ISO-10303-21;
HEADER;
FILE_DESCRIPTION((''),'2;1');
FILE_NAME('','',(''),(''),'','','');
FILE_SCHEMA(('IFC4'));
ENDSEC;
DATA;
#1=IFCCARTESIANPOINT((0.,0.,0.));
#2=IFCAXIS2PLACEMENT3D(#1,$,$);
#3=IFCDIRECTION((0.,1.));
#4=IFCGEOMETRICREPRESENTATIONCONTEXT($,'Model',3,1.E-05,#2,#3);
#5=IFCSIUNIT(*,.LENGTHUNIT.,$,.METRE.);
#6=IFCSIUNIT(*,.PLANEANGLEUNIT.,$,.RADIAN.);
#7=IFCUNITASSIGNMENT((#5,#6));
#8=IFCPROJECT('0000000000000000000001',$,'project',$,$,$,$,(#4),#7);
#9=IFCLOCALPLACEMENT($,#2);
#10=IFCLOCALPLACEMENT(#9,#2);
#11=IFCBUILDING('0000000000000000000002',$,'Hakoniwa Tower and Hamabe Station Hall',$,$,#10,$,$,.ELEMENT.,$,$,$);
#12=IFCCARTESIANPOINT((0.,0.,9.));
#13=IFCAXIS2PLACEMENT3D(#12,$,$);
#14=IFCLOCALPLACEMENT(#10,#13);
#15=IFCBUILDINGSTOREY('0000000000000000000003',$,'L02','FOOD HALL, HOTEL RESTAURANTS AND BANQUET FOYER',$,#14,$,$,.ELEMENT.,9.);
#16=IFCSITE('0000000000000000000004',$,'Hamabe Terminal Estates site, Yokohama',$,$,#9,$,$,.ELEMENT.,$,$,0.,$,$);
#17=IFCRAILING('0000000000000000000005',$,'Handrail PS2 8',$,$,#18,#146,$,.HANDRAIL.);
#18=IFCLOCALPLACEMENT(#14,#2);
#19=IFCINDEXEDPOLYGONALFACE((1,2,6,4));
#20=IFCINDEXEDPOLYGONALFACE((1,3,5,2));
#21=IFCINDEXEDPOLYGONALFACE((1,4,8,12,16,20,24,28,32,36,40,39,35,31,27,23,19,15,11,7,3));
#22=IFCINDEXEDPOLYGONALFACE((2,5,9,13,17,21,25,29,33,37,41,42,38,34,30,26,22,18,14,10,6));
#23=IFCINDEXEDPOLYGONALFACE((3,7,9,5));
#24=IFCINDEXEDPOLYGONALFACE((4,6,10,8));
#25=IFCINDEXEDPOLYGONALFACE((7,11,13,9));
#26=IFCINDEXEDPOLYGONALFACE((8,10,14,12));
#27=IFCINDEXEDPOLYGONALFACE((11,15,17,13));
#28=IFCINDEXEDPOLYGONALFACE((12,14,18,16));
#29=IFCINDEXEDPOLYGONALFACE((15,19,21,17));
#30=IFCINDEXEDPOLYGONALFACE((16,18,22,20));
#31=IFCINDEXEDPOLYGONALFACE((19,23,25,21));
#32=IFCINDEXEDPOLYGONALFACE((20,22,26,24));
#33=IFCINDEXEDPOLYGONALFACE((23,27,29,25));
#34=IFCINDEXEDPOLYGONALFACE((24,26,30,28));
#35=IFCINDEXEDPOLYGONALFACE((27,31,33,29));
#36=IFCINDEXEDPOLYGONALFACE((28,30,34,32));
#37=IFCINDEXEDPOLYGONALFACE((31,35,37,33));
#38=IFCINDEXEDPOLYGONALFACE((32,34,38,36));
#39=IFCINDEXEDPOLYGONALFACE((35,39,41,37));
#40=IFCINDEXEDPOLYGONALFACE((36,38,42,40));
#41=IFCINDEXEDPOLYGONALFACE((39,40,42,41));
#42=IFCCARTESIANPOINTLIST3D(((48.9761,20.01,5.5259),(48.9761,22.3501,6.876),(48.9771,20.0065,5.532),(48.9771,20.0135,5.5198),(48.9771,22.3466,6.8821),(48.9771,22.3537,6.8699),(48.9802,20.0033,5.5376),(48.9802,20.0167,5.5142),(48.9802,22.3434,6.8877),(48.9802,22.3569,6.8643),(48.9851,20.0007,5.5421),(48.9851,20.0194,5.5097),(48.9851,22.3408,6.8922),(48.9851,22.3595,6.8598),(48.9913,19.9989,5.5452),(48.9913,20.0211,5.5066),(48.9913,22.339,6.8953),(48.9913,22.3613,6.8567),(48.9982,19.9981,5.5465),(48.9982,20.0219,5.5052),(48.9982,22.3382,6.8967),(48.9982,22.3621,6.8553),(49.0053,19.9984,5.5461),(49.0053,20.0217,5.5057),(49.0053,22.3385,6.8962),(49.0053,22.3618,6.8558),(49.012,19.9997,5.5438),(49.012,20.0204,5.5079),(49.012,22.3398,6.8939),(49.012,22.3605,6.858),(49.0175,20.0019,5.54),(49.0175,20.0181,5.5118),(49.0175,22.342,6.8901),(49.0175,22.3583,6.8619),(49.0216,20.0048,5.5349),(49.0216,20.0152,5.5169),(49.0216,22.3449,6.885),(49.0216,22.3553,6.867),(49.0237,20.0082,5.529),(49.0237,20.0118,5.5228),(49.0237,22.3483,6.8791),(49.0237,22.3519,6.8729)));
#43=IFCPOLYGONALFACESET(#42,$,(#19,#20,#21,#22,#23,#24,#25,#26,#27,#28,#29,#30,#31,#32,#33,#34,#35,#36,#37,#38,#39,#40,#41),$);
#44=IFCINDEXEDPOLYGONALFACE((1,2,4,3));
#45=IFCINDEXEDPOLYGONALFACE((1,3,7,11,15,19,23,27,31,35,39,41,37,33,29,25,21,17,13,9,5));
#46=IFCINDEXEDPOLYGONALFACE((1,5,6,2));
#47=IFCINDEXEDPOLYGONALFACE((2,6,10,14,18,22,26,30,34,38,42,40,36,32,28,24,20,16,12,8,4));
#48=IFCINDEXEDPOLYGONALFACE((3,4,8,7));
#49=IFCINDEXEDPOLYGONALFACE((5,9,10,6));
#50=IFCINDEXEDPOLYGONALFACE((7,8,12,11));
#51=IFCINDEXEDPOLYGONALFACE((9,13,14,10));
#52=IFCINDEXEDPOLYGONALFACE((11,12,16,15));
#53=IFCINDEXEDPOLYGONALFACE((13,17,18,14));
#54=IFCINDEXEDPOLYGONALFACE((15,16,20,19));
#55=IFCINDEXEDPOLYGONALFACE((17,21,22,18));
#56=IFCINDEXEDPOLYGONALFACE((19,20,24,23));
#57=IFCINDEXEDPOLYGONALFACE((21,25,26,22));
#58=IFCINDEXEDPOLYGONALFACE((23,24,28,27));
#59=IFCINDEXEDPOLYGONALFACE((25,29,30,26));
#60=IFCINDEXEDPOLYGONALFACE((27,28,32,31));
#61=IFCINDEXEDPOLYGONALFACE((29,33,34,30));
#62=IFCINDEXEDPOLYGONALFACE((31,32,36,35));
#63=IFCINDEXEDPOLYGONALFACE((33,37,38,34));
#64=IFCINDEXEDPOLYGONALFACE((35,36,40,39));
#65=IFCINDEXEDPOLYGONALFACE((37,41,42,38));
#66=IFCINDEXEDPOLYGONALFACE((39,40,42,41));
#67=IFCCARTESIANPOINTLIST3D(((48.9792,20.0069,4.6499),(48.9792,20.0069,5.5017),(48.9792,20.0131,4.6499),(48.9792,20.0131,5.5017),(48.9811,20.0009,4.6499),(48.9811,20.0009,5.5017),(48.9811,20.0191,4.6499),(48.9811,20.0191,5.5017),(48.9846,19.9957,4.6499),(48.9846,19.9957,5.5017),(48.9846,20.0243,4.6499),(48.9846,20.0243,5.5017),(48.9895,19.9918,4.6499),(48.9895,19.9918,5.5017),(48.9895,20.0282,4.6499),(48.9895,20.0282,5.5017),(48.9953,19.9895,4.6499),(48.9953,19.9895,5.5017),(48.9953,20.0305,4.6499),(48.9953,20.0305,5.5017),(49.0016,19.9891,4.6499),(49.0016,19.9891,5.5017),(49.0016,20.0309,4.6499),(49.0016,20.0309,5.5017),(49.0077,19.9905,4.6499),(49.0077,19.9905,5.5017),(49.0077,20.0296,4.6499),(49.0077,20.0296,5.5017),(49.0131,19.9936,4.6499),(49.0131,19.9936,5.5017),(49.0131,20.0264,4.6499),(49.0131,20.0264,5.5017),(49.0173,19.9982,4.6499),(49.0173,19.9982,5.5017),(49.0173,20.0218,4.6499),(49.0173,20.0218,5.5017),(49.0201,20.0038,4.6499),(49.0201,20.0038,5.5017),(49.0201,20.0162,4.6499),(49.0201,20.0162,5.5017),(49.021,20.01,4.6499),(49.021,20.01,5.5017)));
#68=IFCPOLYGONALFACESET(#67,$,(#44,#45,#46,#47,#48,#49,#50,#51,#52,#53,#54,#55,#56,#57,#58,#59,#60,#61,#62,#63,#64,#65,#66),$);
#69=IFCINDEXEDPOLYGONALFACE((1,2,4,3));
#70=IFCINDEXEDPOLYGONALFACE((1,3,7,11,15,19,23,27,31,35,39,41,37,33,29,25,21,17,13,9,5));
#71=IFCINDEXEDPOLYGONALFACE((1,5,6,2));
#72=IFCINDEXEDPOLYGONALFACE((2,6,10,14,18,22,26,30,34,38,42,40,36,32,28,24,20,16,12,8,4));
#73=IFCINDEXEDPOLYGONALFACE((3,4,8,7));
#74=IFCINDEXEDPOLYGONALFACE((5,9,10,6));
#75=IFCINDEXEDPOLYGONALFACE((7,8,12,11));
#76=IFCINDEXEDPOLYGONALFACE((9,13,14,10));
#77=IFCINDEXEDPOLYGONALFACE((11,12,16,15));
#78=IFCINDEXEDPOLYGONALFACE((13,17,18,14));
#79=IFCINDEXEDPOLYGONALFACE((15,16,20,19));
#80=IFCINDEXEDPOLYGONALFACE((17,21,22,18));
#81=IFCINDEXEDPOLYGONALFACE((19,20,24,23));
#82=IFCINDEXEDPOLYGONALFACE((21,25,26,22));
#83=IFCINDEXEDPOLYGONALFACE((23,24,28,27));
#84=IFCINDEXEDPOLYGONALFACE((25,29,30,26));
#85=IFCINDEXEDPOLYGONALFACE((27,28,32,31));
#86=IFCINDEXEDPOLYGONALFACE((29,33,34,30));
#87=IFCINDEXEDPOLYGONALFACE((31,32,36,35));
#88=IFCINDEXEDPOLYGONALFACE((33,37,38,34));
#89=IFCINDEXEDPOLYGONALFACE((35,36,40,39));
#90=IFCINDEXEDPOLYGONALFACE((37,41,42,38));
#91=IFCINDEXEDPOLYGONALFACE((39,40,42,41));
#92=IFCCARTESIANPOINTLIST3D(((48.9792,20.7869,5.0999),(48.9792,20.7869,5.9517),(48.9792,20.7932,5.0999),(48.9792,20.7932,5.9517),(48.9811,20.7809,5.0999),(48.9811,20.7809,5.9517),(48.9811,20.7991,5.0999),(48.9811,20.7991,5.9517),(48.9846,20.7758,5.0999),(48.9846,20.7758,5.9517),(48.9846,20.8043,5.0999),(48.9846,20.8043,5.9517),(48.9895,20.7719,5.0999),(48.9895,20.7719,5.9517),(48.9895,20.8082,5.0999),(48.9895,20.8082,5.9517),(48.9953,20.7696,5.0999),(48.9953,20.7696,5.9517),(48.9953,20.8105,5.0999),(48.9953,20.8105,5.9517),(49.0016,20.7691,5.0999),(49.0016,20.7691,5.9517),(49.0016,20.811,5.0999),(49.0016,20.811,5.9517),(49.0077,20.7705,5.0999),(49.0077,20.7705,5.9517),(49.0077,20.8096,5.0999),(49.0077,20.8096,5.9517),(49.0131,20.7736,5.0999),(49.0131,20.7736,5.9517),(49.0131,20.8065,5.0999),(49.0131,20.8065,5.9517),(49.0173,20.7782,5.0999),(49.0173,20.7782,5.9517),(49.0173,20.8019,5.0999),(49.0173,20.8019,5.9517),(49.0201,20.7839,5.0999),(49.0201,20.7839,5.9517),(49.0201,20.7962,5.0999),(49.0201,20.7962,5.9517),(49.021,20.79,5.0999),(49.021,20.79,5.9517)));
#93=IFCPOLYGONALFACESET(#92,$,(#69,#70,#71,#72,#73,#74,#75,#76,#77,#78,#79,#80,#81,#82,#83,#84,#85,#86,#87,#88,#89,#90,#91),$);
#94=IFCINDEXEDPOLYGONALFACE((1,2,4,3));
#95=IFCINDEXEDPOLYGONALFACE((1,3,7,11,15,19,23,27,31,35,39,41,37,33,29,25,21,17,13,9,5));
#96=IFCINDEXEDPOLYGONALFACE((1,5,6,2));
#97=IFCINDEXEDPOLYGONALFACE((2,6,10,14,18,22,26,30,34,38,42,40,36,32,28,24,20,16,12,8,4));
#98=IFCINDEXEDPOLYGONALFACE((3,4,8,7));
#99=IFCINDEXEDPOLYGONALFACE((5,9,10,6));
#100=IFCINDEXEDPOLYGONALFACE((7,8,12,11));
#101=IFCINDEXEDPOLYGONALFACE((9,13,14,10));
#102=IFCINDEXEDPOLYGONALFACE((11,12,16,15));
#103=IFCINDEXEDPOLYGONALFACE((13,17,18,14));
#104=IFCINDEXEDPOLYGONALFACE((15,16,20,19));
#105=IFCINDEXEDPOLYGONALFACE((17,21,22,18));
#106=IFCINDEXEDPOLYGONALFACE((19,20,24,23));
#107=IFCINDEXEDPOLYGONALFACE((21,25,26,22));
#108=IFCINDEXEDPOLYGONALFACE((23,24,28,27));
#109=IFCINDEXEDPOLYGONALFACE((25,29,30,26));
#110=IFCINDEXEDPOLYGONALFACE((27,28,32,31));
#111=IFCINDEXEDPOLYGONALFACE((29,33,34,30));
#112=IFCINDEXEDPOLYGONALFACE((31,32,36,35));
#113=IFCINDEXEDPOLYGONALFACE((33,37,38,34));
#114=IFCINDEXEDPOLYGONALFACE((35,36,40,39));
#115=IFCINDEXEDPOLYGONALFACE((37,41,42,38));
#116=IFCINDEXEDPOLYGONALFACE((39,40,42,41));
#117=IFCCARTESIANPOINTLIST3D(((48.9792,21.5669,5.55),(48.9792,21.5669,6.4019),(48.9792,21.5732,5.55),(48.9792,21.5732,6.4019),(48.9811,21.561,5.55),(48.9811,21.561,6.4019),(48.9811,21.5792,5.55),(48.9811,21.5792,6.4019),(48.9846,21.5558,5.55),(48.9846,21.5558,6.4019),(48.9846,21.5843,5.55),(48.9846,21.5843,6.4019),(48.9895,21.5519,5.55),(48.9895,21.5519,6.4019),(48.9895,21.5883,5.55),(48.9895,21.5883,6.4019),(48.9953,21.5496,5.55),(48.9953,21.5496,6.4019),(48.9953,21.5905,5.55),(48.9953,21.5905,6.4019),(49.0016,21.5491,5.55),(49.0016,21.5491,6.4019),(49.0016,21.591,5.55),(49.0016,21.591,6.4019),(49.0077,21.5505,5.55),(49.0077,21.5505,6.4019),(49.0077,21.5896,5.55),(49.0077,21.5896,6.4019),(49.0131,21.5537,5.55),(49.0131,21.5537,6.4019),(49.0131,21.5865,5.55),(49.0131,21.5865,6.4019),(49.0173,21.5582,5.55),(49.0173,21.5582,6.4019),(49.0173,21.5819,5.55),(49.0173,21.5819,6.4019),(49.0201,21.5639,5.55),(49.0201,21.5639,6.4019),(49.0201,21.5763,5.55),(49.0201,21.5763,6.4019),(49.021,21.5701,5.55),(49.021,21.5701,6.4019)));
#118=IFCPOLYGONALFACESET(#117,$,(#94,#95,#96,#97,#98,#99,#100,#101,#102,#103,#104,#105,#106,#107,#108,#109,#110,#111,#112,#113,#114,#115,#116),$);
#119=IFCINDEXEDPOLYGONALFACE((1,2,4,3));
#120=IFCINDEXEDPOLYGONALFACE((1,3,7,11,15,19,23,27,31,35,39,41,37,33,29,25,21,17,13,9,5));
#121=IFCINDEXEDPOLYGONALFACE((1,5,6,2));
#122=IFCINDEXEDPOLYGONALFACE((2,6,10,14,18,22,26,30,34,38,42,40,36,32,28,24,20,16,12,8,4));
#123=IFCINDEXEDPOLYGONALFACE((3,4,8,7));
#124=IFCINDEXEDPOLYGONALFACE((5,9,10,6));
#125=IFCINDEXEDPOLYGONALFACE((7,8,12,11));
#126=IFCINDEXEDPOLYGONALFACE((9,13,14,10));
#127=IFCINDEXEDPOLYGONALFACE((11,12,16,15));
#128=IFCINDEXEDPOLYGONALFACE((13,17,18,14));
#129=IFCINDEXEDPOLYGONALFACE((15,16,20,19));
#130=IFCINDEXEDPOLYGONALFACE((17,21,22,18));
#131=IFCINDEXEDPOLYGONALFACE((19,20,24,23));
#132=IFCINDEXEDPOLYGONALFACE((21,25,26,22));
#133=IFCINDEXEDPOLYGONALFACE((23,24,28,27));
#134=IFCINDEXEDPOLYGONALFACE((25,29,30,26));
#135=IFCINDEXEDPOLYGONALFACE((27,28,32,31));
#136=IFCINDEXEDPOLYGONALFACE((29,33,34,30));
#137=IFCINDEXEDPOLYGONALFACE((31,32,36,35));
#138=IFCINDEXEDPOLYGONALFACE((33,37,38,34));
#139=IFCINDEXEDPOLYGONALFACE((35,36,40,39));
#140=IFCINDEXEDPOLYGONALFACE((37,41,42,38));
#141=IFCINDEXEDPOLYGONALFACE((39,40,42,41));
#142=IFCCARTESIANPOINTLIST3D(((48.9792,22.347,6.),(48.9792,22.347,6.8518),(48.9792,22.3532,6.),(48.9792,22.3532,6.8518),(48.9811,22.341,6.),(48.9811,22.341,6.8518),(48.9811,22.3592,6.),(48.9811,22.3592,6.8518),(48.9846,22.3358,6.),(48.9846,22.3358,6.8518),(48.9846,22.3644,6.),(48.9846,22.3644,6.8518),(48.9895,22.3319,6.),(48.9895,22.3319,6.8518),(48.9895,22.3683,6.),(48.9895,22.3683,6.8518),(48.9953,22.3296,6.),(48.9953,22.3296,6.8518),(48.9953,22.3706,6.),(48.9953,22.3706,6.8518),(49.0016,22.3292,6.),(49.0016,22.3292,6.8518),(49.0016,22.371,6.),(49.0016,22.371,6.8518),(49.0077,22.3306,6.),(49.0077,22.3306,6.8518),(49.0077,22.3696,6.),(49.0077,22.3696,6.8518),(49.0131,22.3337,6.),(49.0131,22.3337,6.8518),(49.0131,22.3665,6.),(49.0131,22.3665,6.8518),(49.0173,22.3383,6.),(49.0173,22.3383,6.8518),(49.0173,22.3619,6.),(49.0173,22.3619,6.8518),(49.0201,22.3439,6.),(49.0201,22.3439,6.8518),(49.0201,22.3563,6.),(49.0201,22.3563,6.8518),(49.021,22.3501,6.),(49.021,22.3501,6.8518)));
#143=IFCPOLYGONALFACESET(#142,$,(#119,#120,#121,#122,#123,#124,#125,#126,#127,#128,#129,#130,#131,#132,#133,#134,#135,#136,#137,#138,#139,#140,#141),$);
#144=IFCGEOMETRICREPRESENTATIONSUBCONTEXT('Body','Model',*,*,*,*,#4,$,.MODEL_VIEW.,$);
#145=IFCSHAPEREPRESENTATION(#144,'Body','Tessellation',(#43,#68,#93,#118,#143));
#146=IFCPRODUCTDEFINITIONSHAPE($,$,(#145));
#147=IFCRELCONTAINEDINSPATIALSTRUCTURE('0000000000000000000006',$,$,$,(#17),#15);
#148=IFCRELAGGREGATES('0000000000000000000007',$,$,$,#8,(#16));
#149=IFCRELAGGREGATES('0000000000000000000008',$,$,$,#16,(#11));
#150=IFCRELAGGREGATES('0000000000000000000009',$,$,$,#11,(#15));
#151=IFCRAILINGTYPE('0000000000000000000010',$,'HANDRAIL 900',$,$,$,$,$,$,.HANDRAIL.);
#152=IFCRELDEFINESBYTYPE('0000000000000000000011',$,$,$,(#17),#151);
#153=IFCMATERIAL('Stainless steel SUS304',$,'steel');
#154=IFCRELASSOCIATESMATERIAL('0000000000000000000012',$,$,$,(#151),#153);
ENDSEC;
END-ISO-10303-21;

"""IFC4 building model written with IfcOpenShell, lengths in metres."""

from ifc_helpers import new_model, si_unit, direction, frame, origin, origin_2d, place, context, subcontext, project, spatial, circle, extrude, material, type_object, element, save


model = new_model("IFC4")

# Units and contexts
model_context = context("Model", 3, precision=1e-05, world=origin(), true_north=direction((0.0, 1.0)))
body_context = subcontext(model_context, "Body", "Model", "MODEL_VIEW")
ifc_project = project(units=[si_unit("LENGTHUNIT", "METRE"), si_unit("PLANEANGLEUNIT", "RADIAN")], contexts=[model_context])

# Site, building, storey
site_placement = place(None, origin())
site = spatial("IfcSite", under=ifc_project, at=site_placement, Name="Hamabe Terminal Estates site, Yokohama", CompositionType="ELEMENT", RefElevation=0.0)
building_placement = place(site_placement, origin())
building = spatial("IfcBuilding", under=site, at=building_placement, Name="Hakoniwa Tower and Hamabe Station Hall", CompositionType="ELEMENT")
storey_placement = place(building_placement, frame((0.0, 0.0, 9.0)))
storey = spatial("IfcBuildingStorey", under=building, at=storey_placement, Name="L02", Description="FOOD HALL, HOTEL RESTAURANTS AND BANQUET FOYER", CompositionType="ELEMENT", Elevation=9.0)

# Railing
ifc_material_1 = material(Name="Stainless steel SUS304", Category="steel")
railing_type_1 = type_object("IfcRailingType", Name="HANDRAIL 900", PredefinedType="HANDRAIL", material=ifc_material_1)
for number, where, name in (
    (1, (49.0, 20.01, 4.6499), "Handrail PS2 8"),
):
    element("IfcRailing", number, at=place(storey_placement, frame(where)), inside=storey, type_object=railing_type_1, Name=name, PredefinedType="HANDRAIL", context=body_context, shape_type="SweptSolid", body=[
        extrude(circle(Radius=0.0239, at=origin_2d()), frame((0.0, 0.0, 0.876), z_axis=(0.0, 0.866178, 0.499735), x_axis=(-1.0, 0.0, 0.0)), (0.0, 0.0, 1.0), 2.7017),
        extrude(circle(Radius=0.021, at=origin_2d()), origin(), (0.0, 0.0, 1.0), 0.8518),
        extrude(circle(Radius=0.021, at=origin_2d()), frame((0.0, 0.78, 0.45)), (0.0, 0.0, 1.0), 0.8518),
        extrude(circle(Radius=0.021, at=origin_2d()), frame((0.0, 1.5601, 0.9001)), (0.0, 0.0, 1.0), 0.8518),
        extrude(circle(Radius=0.021, at=origin_2d()), frame((0.0, 2.3401, 1.3501)), (0.0, 0.0, 1.0), 0.8518),
    ])

save(model, "model.ifc")
